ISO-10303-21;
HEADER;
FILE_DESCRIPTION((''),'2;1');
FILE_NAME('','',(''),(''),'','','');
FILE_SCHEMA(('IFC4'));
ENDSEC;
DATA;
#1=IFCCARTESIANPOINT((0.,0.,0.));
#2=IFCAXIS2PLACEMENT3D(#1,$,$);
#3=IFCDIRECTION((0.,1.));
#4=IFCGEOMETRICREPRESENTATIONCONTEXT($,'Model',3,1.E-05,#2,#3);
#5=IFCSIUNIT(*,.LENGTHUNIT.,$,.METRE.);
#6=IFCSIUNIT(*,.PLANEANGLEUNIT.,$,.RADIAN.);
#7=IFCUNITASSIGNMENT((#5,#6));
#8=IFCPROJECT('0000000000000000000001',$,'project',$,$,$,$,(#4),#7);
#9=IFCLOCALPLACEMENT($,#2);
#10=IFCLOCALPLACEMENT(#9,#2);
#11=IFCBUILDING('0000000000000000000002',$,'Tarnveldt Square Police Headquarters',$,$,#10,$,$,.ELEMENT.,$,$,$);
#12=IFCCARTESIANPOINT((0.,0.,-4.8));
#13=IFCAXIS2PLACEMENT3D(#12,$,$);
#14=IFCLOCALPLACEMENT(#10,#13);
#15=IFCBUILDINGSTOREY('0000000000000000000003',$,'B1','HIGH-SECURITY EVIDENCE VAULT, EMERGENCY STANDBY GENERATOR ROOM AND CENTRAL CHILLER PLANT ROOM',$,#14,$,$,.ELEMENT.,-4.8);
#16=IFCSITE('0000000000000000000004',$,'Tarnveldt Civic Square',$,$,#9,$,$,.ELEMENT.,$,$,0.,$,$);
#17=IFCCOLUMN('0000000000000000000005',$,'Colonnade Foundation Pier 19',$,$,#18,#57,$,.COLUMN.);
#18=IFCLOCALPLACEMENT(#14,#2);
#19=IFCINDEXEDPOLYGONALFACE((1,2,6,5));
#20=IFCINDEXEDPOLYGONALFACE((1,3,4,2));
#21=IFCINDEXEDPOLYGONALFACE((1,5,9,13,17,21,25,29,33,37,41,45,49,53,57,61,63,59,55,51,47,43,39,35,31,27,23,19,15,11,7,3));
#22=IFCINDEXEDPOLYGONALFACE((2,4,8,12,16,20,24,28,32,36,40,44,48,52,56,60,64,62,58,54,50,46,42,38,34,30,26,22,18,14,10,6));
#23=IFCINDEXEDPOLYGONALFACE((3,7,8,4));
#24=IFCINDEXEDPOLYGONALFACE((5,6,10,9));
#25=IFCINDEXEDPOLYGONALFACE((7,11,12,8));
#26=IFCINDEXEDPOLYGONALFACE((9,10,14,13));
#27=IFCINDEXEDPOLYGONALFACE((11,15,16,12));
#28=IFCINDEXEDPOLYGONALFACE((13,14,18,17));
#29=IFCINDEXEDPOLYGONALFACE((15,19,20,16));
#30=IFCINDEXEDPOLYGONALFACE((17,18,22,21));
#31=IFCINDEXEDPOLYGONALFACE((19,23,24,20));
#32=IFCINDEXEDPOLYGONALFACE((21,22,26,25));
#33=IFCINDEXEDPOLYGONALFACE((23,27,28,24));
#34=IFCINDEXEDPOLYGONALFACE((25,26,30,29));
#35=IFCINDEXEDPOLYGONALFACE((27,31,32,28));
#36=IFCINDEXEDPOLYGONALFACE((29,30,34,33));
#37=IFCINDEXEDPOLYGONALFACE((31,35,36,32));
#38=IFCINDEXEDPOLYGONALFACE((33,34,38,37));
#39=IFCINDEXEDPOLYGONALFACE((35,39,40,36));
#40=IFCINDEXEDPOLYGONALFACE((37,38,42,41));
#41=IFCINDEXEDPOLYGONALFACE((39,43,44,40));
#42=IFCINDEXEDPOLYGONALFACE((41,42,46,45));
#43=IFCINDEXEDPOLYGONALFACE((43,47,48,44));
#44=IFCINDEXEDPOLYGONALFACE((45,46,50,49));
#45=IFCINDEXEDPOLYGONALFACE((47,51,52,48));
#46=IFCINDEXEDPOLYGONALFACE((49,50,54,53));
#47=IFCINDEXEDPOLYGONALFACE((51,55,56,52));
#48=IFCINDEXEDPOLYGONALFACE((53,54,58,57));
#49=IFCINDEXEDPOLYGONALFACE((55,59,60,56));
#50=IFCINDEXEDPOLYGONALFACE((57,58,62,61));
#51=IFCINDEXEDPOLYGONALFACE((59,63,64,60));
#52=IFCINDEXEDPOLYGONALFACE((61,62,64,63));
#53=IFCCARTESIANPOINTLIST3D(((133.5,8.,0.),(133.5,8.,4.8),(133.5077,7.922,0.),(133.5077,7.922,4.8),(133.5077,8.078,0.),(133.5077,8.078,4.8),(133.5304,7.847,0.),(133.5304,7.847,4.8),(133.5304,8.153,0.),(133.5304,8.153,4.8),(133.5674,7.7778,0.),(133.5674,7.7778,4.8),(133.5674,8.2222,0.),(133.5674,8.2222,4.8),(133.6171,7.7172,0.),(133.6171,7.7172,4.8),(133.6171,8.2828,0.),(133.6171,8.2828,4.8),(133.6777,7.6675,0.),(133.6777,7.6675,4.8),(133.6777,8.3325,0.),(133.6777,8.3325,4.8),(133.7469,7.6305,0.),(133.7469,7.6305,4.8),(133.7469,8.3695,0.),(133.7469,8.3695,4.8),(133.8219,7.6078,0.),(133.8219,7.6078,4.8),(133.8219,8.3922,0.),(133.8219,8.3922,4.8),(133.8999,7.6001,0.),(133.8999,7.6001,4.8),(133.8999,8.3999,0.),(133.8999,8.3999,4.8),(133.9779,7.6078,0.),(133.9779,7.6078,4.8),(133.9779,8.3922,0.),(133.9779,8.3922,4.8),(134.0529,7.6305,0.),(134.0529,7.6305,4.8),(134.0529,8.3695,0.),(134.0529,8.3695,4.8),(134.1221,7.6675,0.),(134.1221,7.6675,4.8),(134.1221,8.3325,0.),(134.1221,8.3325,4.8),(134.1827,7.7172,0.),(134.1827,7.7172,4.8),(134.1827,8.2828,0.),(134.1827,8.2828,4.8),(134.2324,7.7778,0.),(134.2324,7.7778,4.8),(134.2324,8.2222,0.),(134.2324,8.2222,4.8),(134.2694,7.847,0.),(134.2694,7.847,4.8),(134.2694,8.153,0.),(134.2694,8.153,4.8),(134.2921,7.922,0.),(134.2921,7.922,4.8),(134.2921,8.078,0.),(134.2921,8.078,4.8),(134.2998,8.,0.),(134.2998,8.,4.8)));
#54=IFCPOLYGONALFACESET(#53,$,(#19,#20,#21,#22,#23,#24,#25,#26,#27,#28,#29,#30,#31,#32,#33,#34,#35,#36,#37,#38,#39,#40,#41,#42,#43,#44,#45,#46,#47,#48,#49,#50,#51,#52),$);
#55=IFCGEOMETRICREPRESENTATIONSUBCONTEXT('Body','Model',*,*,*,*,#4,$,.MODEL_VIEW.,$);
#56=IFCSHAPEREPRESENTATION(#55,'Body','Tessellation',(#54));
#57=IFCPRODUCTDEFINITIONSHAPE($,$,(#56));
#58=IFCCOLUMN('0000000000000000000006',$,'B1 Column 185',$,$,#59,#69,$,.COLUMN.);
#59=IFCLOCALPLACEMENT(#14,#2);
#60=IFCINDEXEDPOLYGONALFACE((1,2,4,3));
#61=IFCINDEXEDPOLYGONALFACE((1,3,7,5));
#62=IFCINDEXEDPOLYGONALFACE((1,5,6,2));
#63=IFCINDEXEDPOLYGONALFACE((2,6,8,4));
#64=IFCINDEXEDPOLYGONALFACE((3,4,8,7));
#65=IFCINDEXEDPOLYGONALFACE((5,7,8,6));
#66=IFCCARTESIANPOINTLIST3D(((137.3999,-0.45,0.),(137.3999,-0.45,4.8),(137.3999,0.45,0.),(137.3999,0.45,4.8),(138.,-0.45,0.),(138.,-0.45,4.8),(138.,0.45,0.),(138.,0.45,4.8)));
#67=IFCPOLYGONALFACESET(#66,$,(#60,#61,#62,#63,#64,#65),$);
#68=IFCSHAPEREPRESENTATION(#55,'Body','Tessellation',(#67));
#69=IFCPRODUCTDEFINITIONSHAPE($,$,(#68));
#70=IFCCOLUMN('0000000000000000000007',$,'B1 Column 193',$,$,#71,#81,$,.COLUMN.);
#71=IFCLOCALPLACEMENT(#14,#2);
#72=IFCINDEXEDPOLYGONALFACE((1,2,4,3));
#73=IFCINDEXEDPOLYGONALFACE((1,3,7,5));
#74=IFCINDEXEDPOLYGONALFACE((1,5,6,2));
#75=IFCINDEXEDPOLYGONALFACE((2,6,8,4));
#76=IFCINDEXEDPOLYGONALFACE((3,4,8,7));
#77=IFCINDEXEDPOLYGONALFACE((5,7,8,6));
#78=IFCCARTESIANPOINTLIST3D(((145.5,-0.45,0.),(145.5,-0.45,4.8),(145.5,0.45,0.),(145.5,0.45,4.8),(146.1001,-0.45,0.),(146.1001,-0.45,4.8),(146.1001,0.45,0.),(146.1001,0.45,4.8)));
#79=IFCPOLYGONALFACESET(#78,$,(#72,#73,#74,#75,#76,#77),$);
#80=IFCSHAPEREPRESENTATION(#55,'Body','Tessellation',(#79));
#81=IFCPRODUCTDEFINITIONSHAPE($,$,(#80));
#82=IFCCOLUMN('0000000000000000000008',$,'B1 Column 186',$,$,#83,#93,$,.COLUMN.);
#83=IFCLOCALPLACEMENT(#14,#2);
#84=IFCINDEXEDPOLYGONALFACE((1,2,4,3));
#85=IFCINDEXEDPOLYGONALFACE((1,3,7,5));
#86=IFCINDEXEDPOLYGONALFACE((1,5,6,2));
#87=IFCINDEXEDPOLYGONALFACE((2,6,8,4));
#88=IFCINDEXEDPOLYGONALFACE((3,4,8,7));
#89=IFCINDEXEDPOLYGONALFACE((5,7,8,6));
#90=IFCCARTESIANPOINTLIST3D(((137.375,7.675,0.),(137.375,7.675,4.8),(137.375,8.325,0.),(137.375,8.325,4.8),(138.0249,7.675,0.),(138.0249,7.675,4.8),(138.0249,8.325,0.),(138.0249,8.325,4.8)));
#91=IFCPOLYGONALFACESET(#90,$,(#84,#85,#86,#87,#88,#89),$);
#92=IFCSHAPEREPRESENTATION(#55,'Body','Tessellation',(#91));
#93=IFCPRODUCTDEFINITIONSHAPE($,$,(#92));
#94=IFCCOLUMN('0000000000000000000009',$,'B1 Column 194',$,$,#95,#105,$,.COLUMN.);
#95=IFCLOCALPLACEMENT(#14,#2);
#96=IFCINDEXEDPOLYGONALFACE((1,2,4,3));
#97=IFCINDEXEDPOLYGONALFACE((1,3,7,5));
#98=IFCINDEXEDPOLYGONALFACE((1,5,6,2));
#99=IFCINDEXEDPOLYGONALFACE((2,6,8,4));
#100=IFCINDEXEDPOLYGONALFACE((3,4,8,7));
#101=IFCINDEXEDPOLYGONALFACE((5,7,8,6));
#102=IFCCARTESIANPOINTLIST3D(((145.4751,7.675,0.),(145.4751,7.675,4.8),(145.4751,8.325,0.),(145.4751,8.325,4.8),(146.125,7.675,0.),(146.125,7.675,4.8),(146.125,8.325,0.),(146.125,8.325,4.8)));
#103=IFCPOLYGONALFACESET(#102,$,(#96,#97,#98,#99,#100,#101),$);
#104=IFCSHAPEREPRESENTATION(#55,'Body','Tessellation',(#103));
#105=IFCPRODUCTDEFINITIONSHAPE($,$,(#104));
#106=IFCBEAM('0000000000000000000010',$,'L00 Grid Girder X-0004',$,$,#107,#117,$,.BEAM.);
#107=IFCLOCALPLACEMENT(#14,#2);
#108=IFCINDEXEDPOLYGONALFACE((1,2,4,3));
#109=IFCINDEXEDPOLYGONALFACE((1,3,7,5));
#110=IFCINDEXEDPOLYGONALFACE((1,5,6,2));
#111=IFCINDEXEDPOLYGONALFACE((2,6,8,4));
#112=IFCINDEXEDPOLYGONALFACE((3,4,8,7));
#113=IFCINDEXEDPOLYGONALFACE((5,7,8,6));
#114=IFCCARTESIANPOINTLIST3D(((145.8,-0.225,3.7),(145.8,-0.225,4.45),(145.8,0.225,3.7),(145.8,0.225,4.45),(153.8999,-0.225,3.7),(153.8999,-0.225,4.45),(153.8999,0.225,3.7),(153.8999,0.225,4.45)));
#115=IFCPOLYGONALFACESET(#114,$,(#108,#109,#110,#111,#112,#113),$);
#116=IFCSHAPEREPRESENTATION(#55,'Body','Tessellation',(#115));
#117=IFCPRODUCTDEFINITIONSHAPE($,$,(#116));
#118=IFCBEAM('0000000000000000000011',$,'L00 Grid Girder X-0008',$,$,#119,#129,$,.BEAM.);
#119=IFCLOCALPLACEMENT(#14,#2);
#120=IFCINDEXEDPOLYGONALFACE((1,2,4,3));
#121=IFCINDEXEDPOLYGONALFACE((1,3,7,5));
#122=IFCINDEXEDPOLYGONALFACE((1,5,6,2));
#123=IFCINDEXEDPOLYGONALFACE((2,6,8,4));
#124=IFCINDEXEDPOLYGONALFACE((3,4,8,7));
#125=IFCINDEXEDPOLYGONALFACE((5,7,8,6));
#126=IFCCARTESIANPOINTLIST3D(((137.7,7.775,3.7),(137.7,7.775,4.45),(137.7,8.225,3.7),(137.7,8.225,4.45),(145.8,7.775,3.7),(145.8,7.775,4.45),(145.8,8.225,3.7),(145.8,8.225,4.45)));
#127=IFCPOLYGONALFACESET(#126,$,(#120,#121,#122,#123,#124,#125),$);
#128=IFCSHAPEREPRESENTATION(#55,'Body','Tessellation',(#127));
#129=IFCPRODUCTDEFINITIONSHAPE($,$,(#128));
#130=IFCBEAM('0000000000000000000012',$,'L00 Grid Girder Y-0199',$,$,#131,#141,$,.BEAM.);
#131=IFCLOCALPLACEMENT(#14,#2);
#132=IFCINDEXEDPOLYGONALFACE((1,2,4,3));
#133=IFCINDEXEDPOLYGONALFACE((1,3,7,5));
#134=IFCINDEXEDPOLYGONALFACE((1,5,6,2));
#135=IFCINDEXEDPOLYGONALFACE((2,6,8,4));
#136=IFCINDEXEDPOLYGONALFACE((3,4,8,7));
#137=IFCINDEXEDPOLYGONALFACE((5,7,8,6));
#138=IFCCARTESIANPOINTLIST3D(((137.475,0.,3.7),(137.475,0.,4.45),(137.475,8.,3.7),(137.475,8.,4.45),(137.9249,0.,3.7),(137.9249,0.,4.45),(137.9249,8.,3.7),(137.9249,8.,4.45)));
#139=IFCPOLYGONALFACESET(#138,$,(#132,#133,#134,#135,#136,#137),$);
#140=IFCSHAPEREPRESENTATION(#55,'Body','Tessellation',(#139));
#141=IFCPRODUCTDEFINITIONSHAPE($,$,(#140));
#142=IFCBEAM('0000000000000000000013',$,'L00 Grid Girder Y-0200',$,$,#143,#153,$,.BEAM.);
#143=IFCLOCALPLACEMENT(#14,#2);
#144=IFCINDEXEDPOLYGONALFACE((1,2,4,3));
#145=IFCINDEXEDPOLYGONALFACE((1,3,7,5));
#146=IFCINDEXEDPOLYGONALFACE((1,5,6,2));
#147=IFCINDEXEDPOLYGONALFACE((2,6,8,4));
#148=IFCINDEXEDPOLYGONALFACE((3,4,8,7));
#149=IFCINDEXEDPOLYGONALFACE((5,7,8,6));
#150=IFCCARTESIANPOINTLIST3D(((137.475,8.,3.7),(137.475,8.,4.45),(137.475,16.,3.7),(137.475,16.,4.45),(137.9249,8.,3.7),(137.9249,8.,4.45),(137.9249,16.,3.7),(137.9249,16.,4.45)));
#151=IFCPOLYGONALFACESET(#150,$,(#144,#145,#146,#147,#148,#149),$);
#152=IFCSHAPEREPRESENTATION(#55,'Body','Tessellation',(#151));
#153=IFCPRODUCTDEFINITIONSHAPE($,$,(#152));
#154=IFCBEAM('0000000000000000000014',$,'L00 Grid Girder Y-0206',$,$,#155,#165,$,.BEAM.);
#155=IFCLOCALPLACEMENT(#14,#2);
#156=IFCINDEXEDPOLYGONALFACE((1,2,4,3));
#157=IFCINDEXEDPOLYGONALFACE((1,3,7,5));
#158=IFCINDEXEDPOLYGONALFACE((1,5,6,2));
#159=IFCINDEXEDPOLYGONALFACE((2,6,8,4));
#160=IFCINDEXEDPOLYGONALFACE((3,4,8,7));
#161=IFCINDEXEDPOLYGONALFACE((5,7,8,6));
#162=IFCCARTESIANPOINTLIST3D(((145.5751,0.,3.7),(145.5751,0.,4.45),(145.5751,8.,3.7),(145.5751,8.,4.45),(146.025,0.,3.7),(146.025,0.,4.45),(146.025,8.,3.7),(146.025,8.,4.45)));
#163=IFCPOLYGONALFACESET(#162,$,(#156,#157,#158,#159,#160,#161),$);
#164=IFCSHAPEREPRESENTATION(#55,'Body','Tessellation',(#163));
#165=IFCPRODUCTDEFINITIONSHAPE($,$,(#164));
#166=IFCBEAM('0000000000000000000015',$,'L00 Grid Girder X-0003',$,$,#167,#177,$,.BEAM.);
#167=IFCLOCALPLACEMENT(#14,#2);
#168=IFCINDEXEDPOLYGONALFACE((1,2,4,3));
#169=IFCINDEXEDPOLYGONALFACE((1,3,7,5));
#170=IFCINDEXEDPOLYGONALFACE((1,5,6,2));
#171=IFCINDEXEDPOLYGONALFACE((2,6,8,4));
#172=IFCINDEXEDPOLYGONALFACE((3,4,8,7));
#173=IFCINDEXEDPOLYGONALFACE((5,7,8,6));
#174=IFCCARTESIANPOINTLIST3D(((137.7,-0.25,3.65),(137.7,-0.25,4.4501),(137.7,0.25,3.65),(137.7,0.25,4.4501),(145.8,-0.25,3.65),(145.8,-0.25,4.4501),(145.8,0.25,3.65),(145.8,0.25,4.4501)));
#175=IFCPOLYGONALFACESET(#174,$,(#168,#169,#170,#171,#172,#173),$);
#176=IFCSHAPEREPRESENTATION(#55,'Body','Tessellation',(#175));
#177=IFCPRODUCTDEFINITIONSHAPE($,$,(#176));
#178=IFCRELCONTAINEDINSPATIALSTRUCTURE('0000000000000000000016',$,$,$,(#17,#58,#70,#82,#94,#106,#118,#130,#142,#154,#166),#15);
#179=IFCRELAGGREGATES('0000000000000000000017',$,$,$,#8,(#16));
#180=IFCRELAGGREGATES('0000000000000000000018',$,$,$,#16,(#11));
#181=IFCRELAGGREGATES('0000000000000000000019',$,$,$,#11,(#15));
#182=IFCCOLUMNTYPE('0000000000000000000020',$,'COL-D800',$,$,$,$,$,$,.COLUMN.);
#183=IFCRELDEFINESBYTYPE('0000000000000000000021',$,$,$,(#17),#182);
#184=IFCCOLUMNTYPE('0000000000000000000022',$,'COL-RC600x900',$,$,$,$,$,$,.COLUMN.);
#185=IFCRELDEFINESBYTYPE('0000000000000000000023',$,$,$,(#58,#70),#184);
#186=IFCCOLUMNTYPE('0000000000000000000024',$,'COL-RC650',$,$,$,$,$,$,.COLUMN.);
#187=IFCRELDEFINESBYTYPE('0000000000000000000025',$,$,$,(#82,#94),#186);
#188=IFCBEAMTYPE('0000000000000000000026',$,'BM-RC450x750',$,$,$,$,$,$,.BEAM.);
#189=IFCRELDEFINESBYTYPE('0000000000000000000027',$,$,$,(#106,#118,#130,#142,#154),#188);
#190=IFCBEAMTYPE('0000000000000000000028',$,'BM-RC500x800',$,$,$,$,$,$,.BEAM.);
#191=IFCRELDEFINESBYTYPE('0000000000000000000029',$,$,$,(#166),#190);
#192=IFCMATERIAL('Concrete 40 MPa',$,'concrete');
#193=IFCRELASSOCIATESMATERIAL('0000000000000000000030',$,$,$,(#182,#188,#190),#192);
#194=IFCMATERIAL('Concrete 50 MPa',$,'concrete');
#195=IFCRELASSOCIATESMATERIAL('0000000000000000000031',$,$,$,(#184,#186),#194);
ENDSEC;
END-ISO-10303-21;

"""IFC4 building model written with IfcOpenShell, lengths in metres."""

from ifc_helpers import new_model, si_unit, direction, frame, origin, origin_2d, place, context, subcontext, project, spatial, rectangle, circle, extrude, material, material_profile, profile_set, type_object, element, save


model = new_model("IFC4")

# Units and contexts
model_context = context("Model", 3, precision=1e-05, world=origin(), true_north=direction((0.0, 1.0)))
body_context = subcontext(model_context, "Body", "Model", "MODEL_VIEW")
ifc_project = project(units=[si_unit("LENGTHUNIT", "METRE"), si_unit("PLANEANGLEUNIT", "RADIAN")], contexts=[model_context])

# Site, building, storey
site_placement = place(None, origin())
site = spatial("IfcSite", under=ifc_project, at=site_placement, Name="Tarnveldt Civic Square", CompositionType="ELEMENT", RefElevation=0.0)
building_placement = place(site_placement, origin())
building = spatial("IfcBuilding", under=site, at=building_placement, Name="Tarnveldt Square Police Headquarters", CompositionType="ELEMENT")
storey_placement = place(building_placement, frame((0.0, 0.0, -4.8)))
storey = spatial("IfcBuildingStorey", under=building, at=storey_placement, Name="B1", Description="HIGH-SECURITY EVIDENCE VAULT, EMERGENCY STANDBY GENERATOR ROOM AND CENTRAL CHILLER PLANT ROOM", CompositionType="ELEMENT", Elevation=-4.8)

# Shared definitions
ifc_material_1 = material(Name="Concrete 40 MPa", Category="concrete")

# Columns
ifc_material_profile_1 = material_profile(ifc_material_1, circle(Radius=0.3999, at=origin_2d()), Name="RC-D800")
ifc_profile_set_1 = profile_set([ifc_material_profile_1], Name="Concrete 40 MPa")
column_type_1 = type_object("IfcColumnType", Name="COL-D800", PredefinedType="COLUMN", material=ifc_profile_set_1)
for number, where, z_axis, x_axis, name in (
    (1, (133.8999, 8.0, 0.0), (0.0, 0.0, 1.0), (1.0, 0.0, 0.0), "Colonnade Foundation Pier 19"),
):
    element("IfcColumn", number, at=place(storey_placement, frame(where, z_axis=z_axis, x_axis=x_axis)), inside=storey, type_object=column_type_1, Name=name, PredefinedType="COLUMN", context=body_context, shape_type="SweptSolid", body=[
        extrude(circle(Radius=0.3999, at=origin_2d()), origin(), (0.0, 0.0, 1.0), 4.8),
    ])
ifc_material_2 = material(Name="Concrete 50 MPa", Category="concrete")
ifc_material_profile_2 = material_profile(ifc_material_2, rectangle(XDim=0.6001, YDim=0.8999, at=origin_2d()), Name="RC-C600x900")
ifc_profile_set_2 = profile_set([ifc_material_profile_2], Name="Concrete 50 MPa")
column_type_2 = type_object("IfcColumnType", Name="COL-RC600x900", PredefinedType="COLUMN", material=ifc_profile_set_2)
for number, where, z_axis, x_axis, name in (
    (2, (137.7, 0.0, 0.0), (0.0, 0.0, 1.0), (1.0, 0.0, 0.0), "B1 Column 185"),
    (3, (145.8, 0.0, 0.0), (0.0, 0.0, 1.0), (1.0, 0.0, 0.0), "B1 Column 193"),
):
    element("IfcColumn", number, at=place(storey_placement, frame(where, z_axis=z_axis, x_axis=x_axis)), inside=storey, type_object=column_type_2, Name=name, PredefinedType="COLUMN", context=body_context, shape_type="SweptSolid", body=[
        extrude(rectangle(XDim=0.6001, YDim=0.8999, at=origin_2d()), origin(), (0.0, 0.0, 1.0), 4.8),
    ])
ifc_material_profile_3 = material_profile(ifc_material_2, rectangle(XDim=0.6499, YDim=0.6499, at=origin_2d()), Name="RC-C650x650")
ifc_profile_set_3 = profile_set([ifc_material_profile_3], Name="Concrete 50 MPa")
column_type_3 = type_object("IfcColumnType", Name="COL-RC650", PredefinedType="COLUMN", material=ifc_profile_set_3)
for number, where, z_axis, x_axis, name in (
    (4, (137.7, 8.0, 0.0), (0.0, 0.0, 1.0), (1.0, 0.0, 0.0), "B1 Column 186"),
    (5, (145.8, 8.0, 0.0), (0.0, 0.0, 1.0), (1.0, 0.0, 0.0), "B1 Column 194"),
):
    element("IfcColumn", number, at=place(storey_placement, frame(where, z_axis=z_axis, x_axis=x_axis)), inside=storey, type_object=column_type_3, Name=name, PredefinedType="COLUMN", context=body_context, shape_type="SweptSolid", body=[
        extrude(rectangle(XDim=0.6499, YDim=0.6499, at=origin_2d()), origin(), (0.0, 0.0, 1.0), 4.8),
    ])

# Beams
ifc_material_profile_4 = material_profile(ifc_material_1, rectangle(XDim=0.45, YDim=0.75, at=origin_2d()), Name="RC-B450x750")
ifc_profile_set_4 = profile_set([ifc_material_profile_4], Name="Concrete 40 MPa")
beam_type_1 = type_object("IfcBeamType", Name="BM-RC450x750", PredefinedType="BEAM", material=ifc_profile_set_4)
beam_1_placement = place(storey_placement, frame((145.8, 0.0, 4.075), z_axis=(1.0, 0.0, 0.0), x_axis=(0.0, 1.0, 0.0)))
element("IfcBeam", 6, at=beam_1_placement, inside=storey, type_object=beam_type_1, Name="L00 Grid Girder X-0004", PredefinedType="BEAM", context=body_context, shape_type="SweptSolid", body=[
    extrude(rectangle(XDim=0.45, YDim=0.75, at=origin_2d()), origin(), (0.0, 0.0, 1.0), 8.0999),
])
beam_2_placement = place(storey_placement, frame((137.7, 8.0, 4.075), z_axis=(1.0, 0.0, 0.0), x_axis=(0.0, 1.0, 0.0)))
element("IfcBeam", 7, at=beam_2_placement, inside=storey, type_object=beam_type_1, Name="L00 Grid Girder X-0008", PredefinedType="BEAM", context=body_context, shape_type="SweptSolid", body=[
    extrude(rectangle(XDim=0.45, YDim=0.75, at=origin_2d()), origin(), (0.0, 0.0, 1.0), 8.1001),
])
for number, where, z_axis, x_axis, name in (
    (8, (137.7, 0.0, 4.075), (0.0, 1.0, 0.0), (-1.0, 0.0, 0.0), "L00 Grid Girder Y-0199"),
    (9, (137.7, 8.0, 4.075), (0.0, 1.0, 0.0), (-1.0, 0.0, 0.0), "L00 Grid Girder Y-0200"),
    (10, (145.8, 0.0, 4.075), (0.0, 1.0, 0.0), (-1.0, 0.0, 0.0), "L00 Grid Girder Y-0206"),
):
    element("IfcBeam", number, at=place(storey_placement, frame(where, z_axis=z_axis, x_axis=x_axis)), inside=storey, type_object=beam_type_1, Name=name, PredefinedType="BEAM", context=body_context, shape_type="SweptSolid", body=[
        extrude(rectangle(XDim=0.45, YDim=0.75, at=origin_2d()), origin(), (0.0, 0.0, 1.0), 8.0),
    ])
ifc_material_profile_5 = material_profile(ifc_material_1, rectangle(XDim=0.5, YDim=0.8, at=origin_2d()), Name="RC-B500x800")
ifc_profile_set_5 = profile_set([ifc_material_profile_5], Name="Concrete 40 MPa")
beam_type_2 = type_object("IfcBeamType", Name="BM-RC500x800", PredefinedType="BEAM", material=ifc_profile_set_5)
beam_3_placement = place(storey_placement, frame((137.7, 0.0, 4.05), z_axis=(1.0, 0.0, 0.0), x_axis=(0.0, 1.0, 0.0)))
element("IfcBeam", 11, at=beam_3_placement, inside=storey, type_object=beam_type_2, Name="L00 Grid Girder X-0003", PredefinedType="BEAM", context=body_context, shape_type="SweptSolid", body=[
    extrude(rectangle(XDim=0.5, YDim=0.8, at=origin_2d()), origin(), (0.0, 0.0, 1.0), 8.1001),
])

save(model, "model.ifc")
